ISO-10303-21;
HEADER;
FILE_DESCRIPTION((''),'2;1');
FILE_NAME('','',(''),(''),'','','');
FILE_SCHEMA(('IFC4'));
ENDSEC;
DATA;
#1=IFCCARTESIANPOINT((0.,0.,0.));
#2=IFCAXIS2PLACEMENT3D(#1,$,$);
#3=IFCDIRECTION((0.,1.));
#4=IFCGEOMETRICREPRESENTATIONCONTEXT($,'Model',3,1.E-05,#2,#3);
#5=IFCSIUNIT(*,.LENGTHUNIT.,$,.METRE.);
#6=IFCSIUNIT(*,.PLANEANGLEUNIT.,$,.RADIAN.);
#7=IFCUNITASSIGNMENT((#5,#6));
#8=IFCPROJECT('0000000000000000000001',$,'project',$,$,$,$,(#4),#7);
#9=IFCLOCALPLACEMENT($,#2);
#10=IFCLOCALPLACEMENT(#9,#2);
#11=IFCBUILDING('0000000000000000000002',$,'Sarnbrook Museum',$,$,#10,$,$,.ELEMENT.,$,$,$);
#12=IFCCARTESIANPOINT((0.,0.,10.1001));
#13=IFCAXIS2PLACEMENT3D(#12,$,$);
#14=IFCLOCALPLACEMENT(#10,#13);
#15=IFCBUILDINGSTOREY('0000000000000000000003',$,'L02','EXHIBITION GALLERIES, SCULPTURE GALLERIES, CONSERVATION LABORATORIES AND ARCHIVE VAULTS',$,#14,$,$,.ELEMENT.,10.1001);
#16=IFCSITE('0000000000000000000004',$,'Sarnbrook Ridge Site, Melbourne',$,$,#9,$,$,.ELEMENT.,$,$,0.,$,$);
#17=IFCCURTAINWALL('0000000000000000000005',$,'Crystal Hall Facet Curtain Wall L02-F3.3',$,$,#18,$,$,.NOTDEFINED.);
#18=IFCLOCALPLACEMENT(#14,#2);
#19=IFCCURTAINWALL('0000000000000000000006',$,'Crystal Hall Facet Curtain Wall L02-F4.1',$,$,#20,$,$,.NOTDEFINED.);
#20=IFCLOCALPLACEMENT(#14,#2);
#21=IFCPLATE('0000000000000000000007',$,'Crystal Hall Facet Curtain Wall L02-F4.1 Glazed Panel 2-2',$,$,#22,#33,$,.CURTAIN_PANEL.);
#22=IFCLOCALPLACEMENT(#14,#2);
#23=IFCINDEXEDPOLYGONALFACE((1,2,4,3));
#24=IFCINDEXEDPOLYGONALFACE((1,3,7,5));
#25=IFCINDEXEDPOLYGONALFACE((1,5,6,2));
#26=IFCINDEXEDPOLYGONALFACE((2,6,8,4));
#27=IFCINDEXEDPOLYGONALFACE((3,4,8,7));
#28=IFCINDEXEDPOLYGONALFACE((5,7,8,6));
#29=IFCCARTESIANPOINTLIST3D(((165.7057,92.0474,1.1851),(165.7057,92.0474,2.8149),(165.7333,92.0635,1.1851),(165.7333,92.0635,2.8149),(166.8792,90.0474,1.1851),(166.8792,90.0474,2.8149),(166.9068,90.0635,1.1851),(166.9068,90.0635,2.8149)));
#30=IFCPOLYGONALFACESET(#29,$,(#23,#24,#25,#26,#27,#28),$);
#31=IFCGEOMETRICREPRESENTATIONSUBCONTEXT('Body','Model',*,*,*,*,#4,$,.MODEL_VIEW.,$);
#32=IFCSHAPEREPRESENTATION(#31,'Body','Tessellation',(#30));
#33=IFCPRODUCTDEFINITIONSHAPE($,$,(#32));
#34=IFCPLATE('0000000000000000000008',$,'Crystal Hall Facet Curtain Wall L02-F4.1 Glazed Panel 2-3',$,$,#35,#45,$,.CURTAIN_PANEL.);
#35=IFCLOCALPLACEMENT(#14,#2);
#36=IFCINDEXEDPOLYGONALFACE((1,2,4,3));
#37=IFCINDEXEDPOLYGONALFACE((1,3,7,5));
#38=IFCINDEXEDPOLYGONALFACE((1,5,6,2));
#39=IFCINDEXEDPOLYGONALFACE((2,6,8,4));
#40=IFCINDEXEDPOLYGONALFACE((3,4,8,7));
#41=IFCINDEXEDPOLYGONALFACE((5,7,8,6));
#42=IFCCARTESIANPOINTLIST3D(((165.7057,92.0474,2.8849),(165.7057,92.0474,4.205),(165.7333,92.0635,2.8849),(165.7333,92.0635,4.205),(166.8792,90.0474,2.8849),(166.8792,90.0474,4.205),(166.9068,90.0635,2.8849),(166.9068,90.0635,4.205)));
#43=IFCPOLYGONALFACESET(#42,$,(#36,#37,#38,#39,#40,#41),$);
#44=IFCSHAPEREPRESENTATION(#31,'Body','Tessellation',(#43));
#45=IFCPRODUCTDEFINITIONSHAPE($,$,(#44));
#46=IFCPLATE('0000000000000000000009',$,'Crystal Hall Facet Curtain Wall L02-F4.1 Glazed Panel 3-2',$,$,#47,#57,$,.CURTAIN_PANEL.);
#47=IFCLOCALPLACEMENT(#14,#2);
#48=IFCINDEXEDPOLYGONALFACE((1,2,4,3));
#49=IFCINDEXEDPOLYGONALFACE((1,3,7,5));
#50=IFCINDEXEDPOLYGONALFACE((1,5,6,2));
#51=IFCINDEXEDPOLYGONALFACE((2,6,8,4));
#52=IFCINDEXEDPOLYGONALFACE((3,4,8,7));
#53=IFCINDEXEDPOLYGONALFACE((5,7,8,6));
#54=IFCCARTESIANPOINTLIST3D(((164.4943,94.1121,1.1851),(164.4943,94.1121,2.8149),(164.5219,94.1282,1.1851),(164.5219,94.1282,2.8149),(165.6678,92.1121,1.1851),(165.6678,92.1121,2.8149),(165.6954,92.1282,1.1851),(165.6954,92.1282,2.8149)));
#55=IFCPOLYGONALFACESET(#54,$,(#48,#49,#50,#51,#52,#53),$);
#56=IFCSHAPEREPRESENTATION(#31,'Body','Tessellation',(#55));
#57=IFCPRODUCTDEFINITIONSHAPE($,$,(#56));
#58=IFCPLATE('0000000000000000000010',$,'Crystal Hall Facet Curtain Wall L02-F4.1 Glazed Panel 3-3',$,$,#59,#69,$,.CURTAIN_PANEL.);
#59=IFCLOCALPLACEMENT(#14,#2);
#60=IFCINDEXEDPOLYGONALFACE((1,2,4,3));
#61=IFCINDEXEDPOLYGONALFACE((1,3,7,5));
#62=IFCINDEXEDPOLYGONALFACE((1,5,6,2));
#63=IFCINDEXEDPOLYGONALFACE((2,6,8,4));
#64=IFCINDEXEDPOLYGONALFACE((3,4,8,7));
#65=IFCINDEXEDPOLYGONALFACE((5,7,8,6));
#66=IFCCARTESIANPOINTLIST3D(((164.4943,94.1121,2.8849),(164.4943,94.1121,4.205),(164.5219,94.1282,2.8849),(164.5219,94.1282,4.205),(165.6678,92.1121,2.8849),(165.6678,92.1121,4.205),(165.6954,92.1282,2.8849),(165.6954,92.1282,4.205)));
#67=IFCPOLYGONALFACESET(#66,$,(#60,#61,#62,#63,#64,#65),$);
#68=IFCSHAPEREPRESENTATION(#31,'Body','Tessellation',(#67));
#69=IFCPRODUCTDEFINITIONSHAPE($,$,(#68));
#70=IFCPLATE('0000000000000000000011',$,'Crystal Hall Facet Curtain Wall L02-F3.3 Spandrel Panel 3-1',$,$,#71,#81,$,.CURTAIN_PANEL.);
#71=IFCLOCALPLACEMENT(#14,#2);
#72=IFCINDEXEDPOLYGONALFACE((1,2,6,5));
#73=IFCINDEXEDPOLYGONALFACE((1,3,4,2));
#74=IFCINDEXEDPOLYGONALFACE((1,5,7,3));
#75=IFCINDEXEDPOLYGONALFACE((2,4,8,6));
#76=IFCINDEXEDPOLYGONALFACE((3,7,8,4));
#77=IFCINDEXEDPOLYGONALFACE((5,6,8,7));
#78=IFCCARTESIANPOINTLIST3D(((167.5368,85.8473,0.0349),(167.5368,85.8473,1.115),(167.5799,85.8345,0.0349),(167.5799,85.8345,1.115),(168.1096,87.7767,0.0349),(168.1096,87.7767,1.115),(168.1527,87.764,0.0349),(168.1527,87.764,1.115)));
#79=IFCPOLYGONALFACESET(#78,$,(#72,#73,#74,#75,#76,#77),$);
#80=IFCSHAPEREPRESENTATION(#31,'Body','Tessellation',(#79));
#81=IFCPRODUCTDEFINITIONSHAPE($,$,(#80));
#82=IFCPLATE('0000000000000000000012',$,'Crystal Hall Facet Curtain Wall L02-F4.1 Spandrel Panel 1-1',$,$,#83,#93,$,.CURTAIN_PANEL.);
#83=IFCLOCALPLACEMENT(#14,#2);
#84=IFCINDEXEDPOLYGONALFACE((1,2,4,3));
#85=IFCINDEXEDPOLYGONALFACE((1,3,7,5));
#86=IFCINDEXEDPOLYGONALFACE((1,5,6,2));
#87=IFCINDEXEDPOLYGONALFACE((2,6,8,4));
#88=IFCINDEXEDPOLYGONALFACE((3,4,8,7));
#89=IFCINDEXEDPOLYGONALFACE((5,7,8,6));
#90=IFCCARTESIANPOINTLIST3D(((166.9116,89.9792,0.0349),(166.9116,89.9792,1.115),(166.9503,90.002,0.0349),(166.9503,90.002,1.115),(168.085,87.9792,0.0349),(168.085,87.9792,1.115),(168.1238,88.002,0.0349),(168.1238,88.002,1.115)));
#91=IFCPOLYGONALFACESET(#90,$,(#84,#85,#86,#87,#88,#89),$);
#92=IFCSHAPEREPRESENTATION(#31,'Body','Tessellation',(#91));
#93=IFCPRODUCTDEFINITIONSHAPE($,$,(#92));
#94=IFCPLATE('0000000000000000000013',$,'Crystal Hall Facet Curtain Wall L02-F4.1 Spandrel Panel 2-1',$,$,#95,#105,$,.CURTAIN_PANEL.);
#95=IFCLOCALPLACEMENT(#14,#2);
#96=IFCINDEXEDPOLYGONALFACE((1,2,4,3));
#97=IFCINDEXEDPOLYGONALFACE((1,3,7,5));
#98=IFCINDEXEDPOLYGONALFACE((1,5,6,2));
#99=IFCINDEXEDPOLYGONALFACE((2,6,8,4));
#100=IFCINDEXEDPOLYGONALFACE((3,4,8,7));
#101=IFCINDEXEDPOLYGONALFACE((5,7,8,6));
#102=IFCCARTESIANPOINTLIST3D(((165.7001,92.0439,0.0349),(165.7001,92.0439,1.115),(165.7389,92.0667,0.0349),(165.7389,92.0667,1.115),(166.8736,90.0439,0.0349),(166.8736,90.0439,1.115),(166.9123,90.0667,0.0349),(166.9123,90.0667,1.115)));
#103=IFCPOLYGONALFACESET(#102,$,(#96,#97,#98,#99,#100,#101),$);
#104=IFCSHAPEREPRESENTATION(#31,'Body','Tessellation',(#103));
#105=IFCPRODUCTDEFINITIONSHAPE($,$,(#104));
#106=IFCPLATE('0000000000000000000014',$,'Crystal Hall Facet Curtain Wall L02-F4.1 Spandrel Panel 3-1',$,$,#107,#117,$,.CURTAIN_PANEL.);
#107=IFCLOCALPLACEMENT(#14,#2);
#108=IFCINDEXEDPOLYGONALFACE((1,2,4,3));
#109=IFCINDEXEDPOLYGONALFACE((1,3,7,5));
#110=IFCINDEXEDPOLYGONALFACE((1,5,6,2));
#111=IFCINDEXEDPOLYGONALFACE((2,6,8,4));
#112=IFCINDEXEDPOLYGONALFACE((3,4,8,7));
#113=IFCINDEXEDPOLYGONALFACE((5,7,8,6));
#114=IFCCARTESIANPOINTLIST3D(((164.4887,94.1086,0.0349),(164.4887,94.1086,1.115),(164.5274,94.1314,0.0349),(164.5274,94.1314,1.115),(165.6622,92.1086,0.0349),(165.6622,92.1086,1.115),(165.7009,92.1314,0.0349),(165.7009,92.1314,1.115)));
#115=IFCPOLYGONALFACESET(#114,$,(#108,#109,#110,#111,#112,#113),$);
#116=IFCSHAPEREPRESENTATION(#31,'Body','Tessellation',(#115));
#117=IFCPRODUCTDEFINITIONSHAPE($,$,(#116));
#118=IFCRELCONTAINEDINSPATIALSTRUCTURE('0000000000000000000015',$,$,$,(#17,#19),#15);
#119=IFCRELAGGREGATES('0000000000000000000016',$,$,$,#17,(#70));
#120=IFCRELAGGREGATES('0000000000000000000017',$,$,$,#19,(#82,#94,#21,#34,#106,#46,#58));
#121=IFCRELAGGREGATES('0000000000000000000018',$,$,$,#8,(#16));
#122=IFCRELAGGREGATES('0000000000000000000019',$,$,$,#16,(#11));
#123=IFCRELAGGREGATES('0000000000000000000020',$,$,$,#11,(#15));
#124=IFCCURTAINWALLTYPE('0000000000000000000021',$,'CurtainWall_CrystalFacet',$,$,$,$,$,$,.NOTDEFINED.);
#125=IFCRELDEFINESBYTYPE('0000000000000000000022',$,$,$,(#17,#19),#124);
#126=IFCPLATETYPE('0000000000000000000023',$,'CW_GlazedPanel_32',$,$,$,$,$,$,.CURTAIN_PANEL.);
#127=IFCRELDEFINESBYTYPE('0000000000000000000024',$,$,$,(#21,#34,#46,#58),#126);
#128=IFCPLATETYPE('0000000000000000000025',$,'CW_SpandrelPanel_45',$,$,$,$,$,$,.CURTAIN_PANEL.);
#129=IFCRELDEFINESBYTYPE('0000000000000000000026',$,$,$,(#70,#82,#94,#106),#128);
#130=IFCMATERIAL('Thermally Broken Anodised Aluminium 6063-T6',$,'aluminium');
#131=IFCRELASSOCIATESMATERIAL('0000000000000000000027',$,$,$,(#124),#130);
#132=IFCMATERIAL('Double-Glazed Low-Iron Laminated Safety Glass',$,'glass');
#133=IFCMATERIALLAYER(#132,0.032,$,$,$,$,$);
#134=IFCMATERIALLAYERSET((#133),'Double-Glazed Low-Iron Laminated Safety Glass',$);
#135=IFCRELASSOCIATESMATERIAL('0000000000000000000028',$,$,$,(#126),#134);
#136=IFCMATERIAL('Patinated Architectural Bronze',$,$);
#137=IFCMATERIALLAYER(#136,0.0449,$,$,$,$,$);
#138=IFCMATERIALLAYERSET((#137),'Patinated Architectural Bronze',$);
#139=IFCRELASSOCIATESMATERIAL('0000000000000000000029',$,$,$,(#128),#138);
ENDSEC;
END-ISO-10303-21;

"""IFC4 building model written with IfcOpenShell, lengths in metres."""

from ifc_helpers import new_model, si_unit, direction, frame, origin, origin_2d, place, context, subcontext, project, spatial, rectangle, extrude, material, layer, layer_set, type_object, element, aggregate, save


model = new_model("IFC4")

# Units and contexts
model_context = context("Model", 3, precision=1e-05, world=origin(), true_north=direction((0.0, 1.0)))
body_context = subcontext(model_context, "Body", "Model", "MODEL_VIEW")
ifc_project = project(units=[si_unit("LENGTHUNIT", "METRE"), si_unit("PLANEANGLEUNIT", "RADIAN")], contexts=[model_context])

# Site, building, storey
site_placement = place(None, origin())
site = spatial("IfcSite", under=ifc_project, at=site_placement, Name="Sarnbrook Ridge Site, Melbourne", CompositionType="ELEMENT", RefElevation=0.0)
building_placement = place(site_placement, origin())
building = spatial("IfcBuilding", under=site, at=building_placement, Name="Sarnbrook Museum", CompositionType="ELEMENT")
storey_placement = place(building_placement, frame((0.0, 0.0, 10.1001)))
storey = spatial("IfcBuildingStorey", under=building, at=storey_placement, Name="L02", Description="EXHIBITION GALLERIES, SCULPTURE GALLERIES, CONSERVATION LABORATORIES AND ARCHIVE VAULTS", CompositionType="ELEMENT", Elevation=10.1001)

# Curtain wall
ifc_material_1 = material(Name="Thermally Broken Anodised Aluminium 6063-T6", Category="aluminium")
curtain_wall_type = type_object("IfcCurtainWallType", Name="CurtainWall_CrystalFacet", PredefinedType="NOTDEFINED", material=ifc_material_1)
curtain_wall_1_placement = place(storey_placement, origin())
curtain_wall_1 = element("IfcCurtainWall", 1, at=curtain_wall_1_placement, inside=storey, type_object=curtain_wall_type, Name="Crystal Hall Facet Curtain Wall L02-F3.3", PredefinedType="NOTDEFINED")

# Curtain wall
curtain_wall_2_placement = place(storey_placement, origin())
curtain_wall_2 = element("IfcCurtainWall", 2, at=curtain_wall_2_placement, inside=storey, type_object=curtain_wall_type, Name="Crystal Hall Facet Curtain Wall L02-F4.1", PredefinedType="NOTDEFINED")

# Plates
ifc_material_2 = material(Name="Double-Glazed Low-Iron Laminated Safety Glass", Category="glass")
ifc_layer_1 = layer(ifc_material_2, 0.032)
ifc_layer_set_1 = layer_set([ifc_layer_1], Name="Double-Glazed Low-Iron Laminated Safety Glass")
plate_type_1 = type_object("IfcPlateType", Name="CW_GlazedPanel_32", PredefinedType="CURTAIN_PANEL", material=ifc_layer_set_1)
plate_1_placement = place(storey_placement, frame((166.2925, 91.0474, 2.0), z_axis=(0.862498, 0.506061, 0.0), x_axis=(-0.506061, 0.862498, 0.0)))
plate_1 = element("IfcPlate", 3, at=plate_1_placement, type_object=plate_type_1, Name="Crystal Hall Facet Curtain Wall L02-F4.1 Glazed Panel 2-2", PredefinedType="CURTAIN_PANEL", context=body_context, shape_type="SweptSolid", body=[
    extrude(rectangle(XDim=2.3188, YDim=1.6299, at=origin_2d()), origin(), (0.0, 0.0, 1.0), 0.032),
])
plate_2_placement = place(storey_placement, frame((166.2925, 91.0474, 3.5449), z_axis=(0.862498, 0.506061, 0.0), x_axis=(-0.506061, 0.862498, 0.0)))
plate_2 = element("IfcPlate", 4, at=plate_2_placement, type_object=plate_type_1, Name="Crystal Hall Facet Curtain Wall L02-F4.1 Glazed Panel 2-3", PredefinedType="CURTAIN_PANEL", context=body_context, shape_type="SweptSolid", body=[
    extrude(rectangle(XDim=2.3188, YDim=1.3201, at=origin_2d()), origin(), (0.0, 0.0, 1.0), 0.032),
])
plate_3_placement = place(storey_placement, frame((165.0811, 93.1121, 2.0), z_axis=(0.862498, 0.506061, 0.0), x_axis=(-0.506061, 0.862498, 0.0)))
plate_3 = element("IfcPlate", 5, at=plate_3_placement, type_object=plate_type_1, Name="Crystal Hall Facet Curtain Wall L02-F4.1 Glazed Panel 3-2", PredefinedType="CURTAIN_PANEL", context=body_context, shape_type="SweptSolid", body=[
    extrude(rectangle(XDim=2.3188, YDim=1.6299, at=origin_2d()), origin(), (0.0, 0.0, 1.0), 0.032),
])
plate_4_placement = place(storey_placement, frame((165.0811, 93.1121, 3.5449), z_axis=(0.862498, 0.506061, 0.0), x_axis=(-0.506061, 0.862498, 0.0)))
plate_4 = element("IfcPlate", 6, at=plate_4_placement, type_object=plate_type_1, Name="Crystal Hall Facet Curtain Wall L02-F4.1 Glazed Panel 3-3", PredefinedType="CURTAIN_PANEL", context=body_context, shape_type="SweptSolid", body=[
    extrude(rectangle(XDim=2.3188, YDim=1.3201, at=origin_2d()), origin(), (0.0, 0.0, 1.0), 0.032),
])
ifc_material_3 = material(Name="Patinated Architectural Bronze")
ifc_layer_2 = layer(ifc_material_3, 0.0449)
ifc_layer_set_2 = layer_set([ifc_layer_2], Name="Patinated Architectural Bronze")
plate_type_2 = type_object("IfcPlateType", Name="CW_SpandrelPanel_45", PredefinedType="CURTAIN_PANEL", material=ifc_layer_set_2)
plate_5_placement = place(storey_placement, frame((167.8232, 86.812, 0.575), z_axis=(0.958646, -0.284601, 0.0), x_axis=(0.284601, 0.958646, 0.0)))
plate_5 = element("IfcPlate", 7, at=plate_5_placement, type_object=plate_type_2, Name="Crystal Hall Facet Curtain Wall L02-F3.3 Spandrel Panel 3-1", PredefinedType="CURTAIN_PANEL", context=body_context, shape_type="SweptSolid", body=[
    extrude(rectangle(XDim=2.0127, YDim=1.0801, at=origin_2d()), origin(), (0.0, 0.0, 1.0), 0.0449),
])
aggregate(curtain_wall_1, [plate_5])
plate_6_placement = place(storey_placement, frame((167.4983, 88.9792, 0.575), z_axis=(0.862498, 0.506061, 0.0), x_axis=(-0.506061, 0.862498, 0.0)))
plate_6 = element("IfcPlate", 8, at=plate_6_placement, type_object=plate_type_2, Name="Crystal Hall Facet Curtain Wall L02-F4.1 Spandrel Panel 1-1", PredefinedType="CURTAIN_PANEL", context=body_context, shape_type="SweptSolid", body=[
    extrude(rectangle(XDim=2.3188, YDim=1.0801, at=origin_2d()), origin(), (0.0, 0.0, 1.0), 0.0449),
])
plate_7_placement = place(storey_placement, frame((166.2869, 91.0439, 0.575), z_axis=(0.862498, 0.506061, 0.0), x_axis=(-0.506061, 0.862498, 0.0)))
plate_7 = element("IfcPlate", 9, at=plate_7_placement, type_object=plate_type_2, Name="Crystal Hall Facet Curtain Wall L02-F4.1 Spandrel Panel 2-1", PredefinedType="CURTAIN_PANEL", context=body_context, shape_type="SweptSolid", body=[
    extrude(rectangle(XDim=2.3188, YDim=1.0801, at=origin_2d()), origin(), (0.0, 0.0, 1.0), 0.0449),
])
plate_8_placement = place(storey_placement, frame((165.0754, 93.1086, 0.575), z_axis=(0.862498, 0.506061, 0.0), x_axis=(-0.506061, 0.862498, 0.0)))
plate_8 = element("IfcPlate", 10, at=plate_8_placement, type_object=plate_type_2, Name="Crystal Hall Facet Curtain Wall L02-F4.1 Spandrel Panel 3-1", PredefinedType="CURTAIN_PANEL", context=body_context, shape_type="SweptSolid", body=[
    extrude(rectangle(XDim=2.3188, YDim=1.0801, at=origin_2d()), origin(), (0.0, 0.0, 1.0), 0.0449),
])
aggregate(curtain_wall_2, [plate_6, plate_7, plate_1, plate_2, plate_8, plate_3, plate_4])

save(model, "model.ifc")
